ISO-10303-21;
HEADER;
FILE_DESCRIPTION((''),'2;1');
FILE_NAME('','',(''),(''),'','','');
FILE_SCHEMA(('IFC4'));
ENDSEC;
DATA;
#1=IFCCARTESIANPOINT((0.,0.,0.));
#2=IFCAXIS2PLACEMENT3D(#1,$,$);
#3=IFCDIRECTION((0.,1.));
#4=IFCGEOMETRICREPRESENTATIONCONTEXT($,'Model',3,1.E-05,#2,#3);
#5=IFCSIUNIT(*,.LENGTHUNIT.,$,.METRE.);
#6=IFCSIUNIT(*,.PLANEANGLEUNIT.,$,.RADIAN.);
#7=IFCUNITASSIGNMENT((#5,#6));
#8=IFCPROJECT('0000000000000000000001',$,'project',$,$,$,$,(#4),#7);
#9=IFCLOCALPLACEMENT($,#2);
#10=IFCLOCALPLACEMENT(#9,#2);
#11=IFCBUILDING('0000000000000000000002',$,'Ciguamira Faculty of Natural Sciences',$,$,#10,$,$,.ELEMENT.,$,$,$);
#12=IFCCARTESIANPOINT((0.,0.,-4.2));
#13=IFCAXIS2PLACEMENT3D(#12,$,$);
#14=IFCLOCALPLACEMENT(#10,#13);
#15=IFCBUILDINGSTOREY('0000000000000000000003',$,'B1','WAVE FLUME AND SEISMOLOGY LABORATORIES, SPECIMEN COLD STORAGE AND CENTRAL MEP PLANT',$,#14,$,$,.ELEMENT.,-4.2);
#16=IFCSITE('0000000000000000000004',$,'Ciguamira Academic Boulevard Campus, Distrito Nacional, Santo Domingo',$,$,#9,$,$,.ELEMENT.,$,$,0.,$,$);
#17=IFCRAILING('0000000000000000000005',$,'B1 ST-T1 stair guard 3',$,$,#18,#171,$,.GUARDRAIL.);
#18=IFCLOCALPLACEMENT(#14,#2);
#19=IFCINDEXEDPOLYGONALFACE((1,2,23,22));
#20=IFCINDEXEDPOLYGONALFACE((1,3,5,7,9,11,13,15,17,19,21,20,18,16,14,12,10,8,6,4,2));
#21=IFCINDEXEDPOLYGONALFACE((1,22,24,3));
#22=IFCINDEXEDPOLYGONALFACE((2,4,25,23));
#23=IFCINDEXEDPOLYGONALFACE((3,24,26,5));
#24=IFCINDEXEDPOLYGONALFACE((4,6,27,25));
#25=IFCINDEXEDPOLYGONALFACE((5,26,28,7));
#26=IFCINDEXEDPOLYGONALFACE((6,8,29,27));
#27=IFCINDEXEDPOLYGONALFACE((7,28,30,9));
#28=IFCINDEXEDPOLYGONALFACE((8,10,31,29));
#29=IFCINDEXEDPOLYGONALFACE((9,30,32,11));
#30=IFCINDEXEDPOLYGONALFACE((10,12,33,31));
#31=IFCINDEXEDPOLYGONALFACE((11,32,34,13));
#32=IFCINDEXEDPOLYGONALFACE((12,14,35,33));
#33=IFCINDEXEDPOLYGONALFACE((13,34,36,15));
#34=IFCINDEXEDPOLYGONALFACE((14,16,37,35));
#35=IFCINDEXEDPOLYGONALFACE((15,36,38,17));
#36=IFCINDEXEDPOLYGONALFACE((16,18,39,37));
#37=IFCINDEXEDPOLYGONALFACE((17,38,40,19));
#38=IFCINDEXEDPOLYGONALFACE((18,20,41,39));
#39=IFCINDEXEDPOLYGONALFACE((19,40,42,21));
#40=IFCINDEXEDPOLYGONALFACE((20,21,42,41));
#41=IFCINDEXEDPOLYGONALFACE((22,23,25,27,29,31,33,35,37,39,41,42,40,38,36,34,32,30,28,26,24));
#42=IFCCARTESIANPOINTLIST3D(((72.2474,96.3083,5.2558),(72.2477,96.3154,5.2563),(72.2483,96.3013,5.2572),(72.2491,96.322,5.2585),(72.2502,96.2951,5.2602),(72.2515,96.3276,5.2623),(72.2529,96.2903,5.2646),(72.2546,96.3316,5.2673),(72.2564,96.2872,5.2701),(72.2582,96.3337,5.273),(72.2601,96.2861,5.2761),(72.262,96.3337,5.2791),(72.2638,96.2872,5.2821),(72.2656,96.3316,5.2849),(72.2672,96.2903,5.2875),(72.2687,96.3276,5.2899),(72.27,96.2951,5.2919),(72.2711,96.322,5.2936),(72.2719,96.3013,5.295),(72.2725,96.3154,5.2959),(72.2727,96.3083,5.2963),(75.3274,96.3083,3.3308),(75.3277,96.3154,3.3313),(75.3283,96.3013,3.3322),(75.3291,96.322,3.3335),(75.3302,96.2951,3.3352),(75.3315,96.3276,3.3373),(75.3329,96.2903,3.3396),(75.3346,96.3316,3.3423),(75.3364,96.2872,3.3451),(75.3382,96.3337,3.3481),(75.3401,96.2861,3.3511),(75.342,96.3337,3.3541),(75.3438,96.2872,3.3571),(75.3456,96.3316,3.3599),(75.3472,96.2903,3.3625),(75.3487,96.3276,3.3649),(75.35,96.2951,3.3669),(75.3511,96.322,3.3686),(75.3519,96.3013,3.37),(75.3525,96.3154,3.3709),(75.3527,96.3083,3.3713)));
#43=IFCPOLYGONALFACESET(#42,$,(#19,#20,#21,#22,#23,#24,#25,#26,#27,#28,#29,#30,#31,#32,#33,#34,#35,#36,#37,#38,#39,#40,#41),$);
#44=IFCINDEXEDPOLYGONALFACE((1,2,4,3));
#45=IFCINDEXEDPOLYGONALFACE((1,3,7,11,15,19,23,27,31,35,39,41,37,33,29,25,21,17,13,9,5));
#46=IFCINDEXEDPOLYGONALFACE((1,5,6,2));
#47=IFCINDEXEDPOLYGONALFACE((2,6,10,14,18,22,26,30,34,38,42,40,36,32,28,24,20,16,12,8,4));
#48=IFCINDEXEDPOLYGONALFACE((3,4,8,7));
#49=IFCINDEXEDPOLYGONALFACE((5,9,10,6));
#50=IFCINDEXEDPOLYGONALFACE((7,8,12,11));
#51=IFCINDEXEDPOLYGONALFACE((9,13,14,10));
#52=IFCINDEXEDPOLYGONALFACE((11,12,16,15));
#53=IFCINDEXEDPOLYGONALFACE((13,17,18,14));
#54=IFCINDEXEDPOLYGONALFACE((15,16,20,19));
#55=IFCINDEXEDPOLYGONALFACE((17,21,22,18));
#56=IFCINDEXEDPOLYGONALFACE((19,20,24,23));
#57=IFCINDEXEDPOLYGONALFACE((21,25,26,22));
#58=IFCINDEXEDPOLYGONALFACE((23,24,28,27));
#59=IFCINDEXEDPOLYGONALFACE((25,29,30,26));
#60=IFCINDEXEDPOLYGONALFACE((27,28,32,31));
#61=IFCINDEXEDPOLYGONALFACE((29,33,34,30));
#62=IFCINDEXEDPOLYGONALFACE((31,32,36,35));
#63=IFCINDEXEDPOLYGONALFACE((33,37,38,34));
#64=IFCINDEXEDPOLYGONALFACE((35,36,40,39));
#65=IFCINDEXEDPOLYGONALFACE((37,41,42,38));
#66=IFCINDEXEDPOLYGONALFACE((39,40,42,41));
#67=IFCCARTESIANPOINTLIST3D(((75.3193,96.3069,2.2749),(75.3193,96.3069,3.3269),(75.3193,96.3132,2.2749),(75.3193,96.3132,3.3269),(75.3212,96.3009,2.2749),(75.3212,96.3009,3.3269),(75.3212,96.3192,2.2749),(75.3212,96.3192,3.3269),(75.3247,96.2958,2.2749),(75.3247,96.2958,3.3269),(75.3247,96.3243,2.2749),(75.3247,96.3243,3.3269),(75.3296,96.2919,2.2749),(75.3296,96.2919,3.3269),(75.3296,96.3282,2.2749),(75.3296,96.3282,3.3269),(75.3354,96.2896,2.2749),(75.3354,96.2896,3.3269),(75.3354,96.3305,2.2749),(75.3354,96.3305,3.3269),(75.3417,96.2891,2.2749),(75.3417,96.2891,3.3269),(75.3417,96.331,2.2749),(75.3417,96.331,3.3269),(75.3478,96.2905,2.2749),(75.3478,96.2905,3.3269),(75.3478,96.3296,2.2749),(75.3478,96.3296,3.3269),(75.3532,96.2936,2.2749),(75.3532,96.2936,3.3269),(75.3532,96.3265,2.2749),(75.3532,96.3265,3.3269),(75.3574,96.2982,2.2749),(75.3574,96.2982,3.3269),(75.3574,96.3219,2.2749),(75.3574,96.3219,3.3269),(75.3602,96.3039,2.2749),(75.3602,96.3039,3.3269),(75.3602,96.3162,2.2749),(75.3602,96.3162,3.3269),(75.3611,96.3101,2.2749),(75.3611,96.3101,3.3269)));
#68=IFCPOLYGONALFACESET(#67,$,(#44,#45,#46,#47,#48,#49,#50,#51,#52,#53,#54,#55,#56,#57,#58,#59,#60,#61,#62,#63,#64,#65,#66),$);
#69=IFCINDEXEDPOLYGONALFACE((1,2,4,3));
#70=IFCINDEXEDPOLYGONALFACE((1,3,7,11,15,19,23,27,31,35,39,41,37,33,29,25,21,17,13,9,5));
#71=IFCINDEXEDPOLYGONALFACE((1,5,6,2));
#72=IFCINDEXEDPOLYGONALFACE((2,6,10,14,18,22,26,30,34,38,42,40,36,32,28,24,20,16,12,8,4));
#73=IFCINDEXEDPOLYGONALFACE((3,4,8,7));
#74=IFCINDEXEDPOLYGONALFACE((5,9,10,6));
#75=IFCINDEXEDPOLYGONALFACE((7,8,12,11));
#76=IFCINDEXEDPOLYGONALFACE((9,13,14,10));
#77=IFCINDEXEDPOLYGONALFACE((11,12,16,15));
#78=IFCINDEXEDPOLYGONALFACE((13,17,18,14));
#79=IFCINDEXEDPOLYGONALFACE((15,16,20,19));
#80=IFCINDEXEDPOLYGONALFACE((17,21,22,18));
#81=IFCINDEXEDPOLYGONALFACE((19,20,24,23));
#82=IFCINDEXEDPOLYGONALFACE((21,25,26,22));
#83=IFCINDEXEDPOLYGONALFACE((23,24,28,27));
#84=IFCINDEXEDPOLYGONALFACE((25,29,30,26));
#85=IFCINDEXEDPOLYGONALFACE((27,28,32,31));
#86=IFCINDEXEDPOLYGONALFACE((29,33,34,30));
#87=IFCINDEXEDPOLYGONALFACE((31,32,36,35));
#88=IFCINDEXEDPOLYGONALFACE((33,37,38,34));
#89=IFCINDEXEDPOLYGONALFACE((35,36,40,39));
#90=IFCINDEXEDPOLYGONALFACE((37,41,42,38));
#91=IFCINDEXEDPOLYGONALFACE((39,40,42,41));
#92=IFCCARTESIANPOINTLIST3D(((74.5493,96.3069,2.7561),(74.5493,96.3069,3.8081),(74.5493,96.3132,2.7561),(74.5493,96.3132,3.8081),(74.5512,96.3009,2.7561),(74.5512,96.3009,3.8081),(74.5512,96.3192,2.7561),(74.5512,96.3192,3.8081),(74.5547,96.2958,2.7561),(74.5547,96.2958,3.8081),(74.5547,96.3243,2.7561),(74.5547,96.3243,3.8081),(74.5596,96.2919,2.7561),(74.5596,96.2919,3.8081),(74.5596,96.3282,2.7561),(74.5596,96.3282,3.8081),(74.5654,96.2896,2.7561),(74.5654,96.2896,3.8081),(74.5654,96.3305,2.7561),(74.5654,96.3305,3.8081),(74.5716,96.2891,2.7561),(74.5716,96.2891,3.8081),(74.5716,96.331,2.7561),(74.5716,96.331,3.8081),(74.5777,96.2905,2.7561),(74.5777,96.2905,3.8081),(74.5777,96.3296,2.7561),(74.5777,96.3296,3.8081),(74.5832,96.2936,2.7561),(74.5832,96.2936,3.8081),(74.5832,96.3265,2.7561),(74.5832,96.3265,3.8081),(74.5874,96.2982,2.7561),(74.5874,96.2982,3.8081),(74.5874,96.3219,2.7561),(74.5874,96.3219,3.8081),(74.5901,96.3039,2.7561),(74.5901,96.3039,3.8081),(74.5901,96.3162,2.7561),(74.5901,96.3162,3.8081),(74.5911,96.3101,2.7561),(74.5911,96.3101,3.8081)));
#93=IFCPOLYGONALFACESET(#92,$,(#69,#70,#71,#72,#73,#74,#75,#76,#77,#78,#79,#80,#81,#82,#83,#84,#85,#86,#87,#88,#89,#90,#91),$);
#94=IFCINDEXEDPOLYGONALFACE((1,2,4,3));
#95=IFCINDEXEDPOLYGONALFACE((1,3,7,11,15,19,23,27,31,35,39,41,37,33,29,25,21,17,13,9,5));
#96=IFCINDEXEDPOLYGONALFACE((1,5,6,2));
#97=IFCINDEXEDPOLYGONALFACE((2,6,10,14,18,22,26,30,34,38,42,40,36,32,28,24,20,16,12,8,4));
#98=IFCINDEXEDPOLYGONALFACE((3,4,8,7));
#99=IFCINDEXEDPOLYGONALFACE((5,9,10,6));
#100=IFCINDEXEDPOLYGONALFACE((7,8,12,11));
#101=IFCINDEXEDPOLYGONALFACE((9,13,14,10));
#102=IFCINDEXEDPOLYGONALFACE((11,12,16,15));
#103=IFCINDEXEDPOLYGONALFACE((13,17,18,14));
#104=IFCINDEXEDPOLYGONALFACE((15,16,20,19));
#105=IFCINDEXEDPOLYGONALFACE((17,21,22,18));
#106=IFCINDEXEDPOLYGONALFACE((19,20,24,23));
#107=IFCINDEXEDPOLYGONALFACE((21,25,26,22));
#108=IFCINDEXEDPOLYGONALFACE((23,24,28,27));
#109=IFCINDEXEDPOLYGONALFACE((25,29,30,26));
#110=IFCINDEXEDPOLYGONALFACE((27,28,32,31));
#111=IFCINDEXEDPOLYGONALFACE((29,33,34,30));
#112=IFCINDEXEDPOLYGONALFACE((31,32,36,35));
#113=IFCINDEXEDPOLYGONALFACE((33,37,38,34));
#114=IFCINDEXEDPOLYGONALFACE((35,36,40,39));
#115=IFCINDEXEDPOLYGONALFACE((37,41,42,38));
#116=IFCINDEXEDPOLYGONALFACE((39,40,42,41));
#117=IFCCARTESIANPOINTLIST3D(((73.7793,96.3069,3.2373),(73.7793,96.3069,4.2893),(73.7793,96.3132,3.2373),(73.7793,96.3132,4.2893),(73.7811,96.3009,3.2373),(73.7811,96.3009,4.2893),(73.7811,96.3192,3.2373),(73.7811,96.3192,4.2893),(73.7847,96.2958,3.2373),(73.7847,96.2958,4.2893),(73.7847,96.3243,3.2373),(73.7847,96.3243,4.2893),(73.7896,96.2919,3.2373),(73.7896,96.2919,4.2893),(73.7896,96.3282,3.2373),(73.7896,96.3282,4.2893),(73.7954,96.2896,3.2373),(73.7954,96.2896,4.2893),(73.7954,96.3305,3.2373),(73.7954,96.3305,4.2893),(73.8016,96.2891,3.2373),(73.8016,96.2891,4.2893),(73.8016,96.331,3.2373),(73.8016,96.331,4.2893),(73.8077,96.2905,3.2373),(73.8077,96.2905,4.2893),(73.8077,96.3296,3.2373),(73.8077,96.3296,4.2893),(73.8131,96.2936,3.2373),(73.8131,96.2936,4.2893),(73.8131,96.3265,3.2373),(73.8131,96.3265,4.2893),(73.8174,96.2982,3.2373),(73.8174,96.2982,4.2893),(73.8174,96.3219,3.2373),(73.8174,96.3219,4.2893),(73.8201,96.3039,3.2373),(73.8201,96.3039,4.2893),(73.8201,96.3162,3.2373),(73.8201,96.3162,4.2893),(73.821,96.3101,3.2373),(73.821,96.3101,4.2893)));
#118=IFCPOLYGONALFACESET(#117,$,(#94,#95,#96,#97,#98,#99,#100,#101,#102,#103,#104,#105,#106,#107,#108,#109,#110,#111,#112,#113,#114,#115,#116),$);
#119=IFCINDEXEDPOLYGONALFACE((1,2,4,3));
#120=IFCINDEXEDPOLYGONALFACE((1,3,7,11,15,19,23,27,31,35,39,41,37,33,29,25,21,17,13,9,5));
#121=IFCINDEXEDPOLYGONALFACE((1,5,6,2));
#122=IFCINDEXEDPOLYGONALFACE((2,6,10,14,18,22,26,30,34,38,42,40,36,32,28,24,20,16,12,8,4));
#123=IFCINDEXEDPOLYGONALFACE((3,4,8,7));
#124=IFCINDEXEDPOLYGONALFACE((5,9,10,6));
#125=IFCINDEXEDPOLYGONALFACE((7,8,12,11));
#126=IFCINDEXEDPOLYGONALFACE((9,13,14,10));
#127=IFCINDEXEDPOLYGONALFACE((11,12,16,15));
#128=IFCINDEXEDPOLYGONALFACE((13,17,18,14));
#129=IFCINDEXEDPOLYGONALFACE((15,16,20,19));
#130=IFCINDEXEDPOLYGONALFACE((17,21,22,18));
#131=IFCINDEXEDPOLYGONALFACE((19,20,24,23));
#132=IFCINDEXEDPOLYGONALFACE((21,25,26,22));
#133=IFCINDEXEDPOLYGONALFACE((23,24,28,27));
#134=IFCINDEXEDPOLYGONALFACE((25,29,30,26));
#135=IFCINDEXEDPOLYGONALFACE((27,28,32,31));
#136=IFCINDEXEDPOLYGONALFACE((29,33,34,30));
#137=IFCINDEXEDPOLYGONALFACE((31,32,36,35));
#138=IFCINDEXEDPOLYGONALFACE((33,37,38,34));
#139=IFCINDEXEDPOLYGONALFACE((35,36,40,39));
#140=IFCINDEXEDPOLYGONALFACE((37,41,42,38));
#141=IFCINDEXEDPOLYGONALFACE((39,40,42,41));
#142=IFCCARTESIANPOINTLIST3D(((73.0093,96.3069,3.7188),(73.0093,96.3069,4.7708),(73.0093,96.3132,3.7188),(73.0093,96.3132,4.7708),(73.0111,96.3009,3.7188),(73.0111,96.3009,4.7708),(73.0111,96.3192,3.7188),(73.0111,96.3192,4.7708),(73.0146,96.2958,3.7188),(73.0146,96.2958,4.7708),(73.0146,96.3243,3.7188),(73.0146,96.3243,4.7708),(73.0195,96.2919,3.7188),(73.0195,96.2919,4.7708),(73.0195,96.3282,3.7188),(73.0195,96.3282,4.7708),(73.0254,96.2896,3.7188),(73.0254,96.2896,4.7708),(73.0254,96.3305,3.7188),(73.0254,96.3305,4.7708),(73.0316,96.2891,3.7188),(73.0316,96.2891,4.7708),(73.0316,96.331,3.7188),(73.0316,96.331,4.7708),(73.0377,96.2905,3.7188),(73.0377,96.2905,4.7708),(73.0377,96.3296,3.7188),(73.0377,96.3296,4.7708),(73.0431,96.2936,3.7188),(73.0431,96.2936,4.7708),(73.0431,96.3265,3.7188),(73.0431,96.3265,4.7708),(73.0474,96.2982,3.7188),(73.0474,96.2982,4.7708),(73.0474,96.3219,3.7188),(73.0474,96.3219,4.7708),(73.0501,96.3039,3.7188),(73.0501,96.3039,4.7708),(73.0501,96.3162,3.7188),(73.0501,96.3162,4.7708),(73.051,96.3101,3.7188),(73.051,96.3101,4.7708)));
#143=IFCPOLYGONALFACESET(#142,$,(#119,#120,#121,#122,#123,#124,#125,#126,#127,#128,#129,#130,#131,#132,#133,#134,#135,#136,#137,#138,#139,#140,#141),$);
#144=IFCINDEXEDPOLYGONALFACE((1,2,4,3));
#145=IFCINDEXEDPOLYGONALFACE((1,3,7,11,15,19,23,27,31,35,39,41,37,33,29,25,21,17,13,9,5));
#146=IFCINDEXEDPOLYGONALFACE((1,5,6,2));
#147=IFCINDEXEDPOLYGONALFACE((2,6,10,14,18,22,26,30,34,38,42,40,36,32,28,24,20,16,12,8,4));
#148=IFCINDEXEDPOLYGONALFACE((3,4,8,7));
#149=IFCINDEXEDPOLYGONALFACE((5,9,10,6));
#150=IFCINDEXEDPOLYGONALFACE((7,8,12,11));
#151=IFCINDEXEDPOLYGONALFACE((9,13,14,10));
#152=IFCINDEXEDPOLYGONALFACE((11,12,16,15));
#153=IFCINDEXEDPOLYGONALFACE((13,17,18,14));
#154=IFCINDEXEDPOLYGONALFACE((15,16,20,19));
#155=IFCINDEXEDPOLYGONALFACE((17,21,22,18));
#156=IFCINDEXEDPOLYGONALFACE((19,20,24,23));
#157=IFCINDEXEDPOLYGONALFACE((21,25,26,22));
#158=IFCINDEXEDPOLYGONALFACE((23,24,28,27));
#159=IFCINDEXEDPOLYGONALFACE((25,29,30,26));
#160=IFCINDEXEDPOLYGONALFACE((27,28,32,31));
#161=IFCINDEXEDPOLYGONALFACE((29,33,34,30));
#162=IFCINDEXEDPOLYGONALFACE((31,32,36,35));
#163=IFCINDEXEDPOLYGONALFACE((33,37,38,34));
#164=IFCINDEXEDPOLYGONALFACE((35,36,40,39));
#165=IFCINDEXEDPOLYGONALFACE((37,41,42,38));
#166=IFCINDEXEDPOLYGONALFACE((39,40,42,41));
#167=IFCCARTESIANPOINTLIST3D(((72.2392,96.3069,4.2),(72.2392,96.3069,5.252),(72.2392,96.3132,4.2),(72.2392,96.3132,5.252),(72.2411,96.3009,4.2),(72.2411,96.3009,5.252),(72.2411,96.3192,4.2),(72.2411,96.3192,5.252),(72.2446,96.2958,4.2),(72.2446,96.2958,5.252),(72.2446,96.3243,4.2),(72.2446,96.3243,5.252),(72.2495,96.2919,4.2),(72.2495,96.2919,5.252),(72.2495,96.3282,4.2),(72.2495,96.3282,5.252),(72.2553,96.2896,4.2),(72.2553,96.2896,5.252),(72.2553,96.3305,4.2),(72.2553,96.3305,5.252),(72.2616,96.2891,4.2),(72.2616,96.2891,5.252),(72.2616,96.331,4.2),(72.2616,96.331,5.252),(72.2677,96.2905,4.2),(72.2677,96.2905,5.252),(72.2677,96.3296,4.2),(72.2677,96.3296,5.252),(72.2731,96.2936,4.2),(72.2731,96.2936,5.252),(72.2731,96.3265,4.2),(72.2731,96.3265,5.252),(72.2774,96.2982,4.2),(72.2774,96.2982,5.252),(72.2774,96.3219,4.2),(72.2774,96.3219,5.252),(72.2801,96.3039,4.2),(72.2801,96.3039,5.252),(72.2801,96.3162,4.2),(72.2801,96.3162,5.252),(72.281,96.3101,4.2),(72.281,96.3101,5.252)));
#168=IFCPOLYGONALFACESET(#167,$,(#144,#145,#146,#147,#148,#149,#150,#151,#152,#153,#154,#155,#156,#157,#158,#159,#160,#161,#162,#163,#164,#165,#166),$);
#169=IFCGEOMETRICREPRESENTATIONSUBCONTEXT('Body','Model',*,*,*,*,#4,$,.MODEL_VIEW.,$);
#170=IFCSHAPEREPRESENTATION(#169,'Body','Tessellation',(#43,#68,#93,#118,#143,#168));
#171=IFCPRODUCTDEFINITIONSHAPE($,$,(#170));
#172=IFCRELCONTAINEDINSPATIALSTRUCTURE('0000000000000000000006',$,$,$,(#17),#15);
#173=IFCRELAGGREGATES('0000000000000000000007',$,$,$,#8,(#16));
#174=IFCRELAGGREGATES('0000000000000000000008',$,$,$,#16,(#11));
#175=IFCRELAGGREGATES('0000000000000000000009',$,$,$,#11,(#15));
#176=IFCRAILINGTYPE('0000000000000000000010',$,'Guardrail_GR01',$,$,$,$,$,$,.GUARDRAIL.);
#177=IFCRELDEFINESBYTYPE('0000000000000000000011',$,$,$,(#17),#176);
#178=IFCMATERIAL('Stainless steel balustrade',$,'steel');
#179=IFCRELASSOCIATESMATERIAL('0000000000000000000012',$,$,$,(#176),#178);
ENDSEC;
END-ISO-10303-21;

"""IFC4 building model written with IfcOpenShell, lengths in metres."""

from ifc_helpers import new_model, si_unit, direction, frame, origin, origin_2d, place, context, subcontext, project, spatial, circle, extrude, material, type_object, element, save


model = new_model("IFC4")

# Units and contexts
model_context = context("Model", 3, precision=1e-05, world=origin(), true_north=direction((0.0, 1.0)))
body_context = subcontext(model_context, "Body", "Model", "MODEL_VIEW")
ifc_project = project(units=[si_unit("LENGTHUNIT", "METRE"), si_unit("PLANEANGLEUNIT", "RADIAN")], contexts=[model_context])

# Site, building, storey
site_placement = place(None, origin())
site = spatial("IfcSite", under=ifc_project, at=site_placement, Name="Ciguamira Academic Boulevard Campus, Distrito Nacional, Santo Domingo", CompositionType="ELEMENT", RefElevation=0.0)
building_placement = place(site_placement, origin())
building = spatial("IfcBuilding", under=site, at=building_placement, Name="Ciguamira Faculty of Natural Sciences", CompositionType="ELEMENT")
storey_placement = place(building_placement, frame((0.0, 0.0, -4.2)))
storey = spatial("IfcBuildingStorey", under=building, at=storey_placement, Name="B1", Description="WAVE FLUME AND SEISMOLOGY LABORATORIES, SPECIMEN COLD STORAGE AND CENTRAL MEP PLANT", CompositionType="ELEMENT", Elevation=-4.2)

# Railing
ifc_material_1 = material(Name="Stainless steel balustrade", Category="steel")
railing_type_1 = type_object("IfcRailingType", Name="Guardrail_GR01", PredefinedType="GUARDRAIL", material=ifc_material_1)
railing_1_placement = place(storey_placement, frame((75.3401, 96.3101, 2.2749)))
element("IfcRailing", 1, at=railing_1_placement, inside=storey, type_object=railing_type_1, Name="B1 ST-T1 stair guard 3", PredefinedType="GUARDRAIL", context=body_context, shape_type="SweptSolid", body=[
    extrude(circle(Radius=0.0239, at=origin_2d()), frame((0.0, 0.0, 1.0762), z_axis=(-0.847998, 0.0, 0.529999), x_axis=(0.0, -1.0, 0.0)), (0.0, 0.0, 1.0), 3.6321),
    extrude(circle(Radius=0.021, at=origin_2d()), origin(), (0.0, 0.0, 1.0), 1.052),
    extrude(circle(Radius=0.021, at=origin_2d()), frame((-0.77, 0.0, 0.4812)), (0.0, 0.0, 1.0), 1.052),
    extrude(circle(Radius=0.021, at=origin_2d()), frame((-1.54, 0.0, 0.9624)), (0.0, 0.0, 1.0), 1.052),
    extrude(circle(Radius=0.021, at=origin_2d()), frame((-2.3101, 0.0, 1.4438)), (0.0, 0.0, 1.0), 1.052),
    extrude(circle(Radius=0.021, at=origin_2d()), frame((-3.0801, 0.0, 1.925)), (0.0, 0.0, 1.0), 1.052),
])

save(model, "model.ifc")
